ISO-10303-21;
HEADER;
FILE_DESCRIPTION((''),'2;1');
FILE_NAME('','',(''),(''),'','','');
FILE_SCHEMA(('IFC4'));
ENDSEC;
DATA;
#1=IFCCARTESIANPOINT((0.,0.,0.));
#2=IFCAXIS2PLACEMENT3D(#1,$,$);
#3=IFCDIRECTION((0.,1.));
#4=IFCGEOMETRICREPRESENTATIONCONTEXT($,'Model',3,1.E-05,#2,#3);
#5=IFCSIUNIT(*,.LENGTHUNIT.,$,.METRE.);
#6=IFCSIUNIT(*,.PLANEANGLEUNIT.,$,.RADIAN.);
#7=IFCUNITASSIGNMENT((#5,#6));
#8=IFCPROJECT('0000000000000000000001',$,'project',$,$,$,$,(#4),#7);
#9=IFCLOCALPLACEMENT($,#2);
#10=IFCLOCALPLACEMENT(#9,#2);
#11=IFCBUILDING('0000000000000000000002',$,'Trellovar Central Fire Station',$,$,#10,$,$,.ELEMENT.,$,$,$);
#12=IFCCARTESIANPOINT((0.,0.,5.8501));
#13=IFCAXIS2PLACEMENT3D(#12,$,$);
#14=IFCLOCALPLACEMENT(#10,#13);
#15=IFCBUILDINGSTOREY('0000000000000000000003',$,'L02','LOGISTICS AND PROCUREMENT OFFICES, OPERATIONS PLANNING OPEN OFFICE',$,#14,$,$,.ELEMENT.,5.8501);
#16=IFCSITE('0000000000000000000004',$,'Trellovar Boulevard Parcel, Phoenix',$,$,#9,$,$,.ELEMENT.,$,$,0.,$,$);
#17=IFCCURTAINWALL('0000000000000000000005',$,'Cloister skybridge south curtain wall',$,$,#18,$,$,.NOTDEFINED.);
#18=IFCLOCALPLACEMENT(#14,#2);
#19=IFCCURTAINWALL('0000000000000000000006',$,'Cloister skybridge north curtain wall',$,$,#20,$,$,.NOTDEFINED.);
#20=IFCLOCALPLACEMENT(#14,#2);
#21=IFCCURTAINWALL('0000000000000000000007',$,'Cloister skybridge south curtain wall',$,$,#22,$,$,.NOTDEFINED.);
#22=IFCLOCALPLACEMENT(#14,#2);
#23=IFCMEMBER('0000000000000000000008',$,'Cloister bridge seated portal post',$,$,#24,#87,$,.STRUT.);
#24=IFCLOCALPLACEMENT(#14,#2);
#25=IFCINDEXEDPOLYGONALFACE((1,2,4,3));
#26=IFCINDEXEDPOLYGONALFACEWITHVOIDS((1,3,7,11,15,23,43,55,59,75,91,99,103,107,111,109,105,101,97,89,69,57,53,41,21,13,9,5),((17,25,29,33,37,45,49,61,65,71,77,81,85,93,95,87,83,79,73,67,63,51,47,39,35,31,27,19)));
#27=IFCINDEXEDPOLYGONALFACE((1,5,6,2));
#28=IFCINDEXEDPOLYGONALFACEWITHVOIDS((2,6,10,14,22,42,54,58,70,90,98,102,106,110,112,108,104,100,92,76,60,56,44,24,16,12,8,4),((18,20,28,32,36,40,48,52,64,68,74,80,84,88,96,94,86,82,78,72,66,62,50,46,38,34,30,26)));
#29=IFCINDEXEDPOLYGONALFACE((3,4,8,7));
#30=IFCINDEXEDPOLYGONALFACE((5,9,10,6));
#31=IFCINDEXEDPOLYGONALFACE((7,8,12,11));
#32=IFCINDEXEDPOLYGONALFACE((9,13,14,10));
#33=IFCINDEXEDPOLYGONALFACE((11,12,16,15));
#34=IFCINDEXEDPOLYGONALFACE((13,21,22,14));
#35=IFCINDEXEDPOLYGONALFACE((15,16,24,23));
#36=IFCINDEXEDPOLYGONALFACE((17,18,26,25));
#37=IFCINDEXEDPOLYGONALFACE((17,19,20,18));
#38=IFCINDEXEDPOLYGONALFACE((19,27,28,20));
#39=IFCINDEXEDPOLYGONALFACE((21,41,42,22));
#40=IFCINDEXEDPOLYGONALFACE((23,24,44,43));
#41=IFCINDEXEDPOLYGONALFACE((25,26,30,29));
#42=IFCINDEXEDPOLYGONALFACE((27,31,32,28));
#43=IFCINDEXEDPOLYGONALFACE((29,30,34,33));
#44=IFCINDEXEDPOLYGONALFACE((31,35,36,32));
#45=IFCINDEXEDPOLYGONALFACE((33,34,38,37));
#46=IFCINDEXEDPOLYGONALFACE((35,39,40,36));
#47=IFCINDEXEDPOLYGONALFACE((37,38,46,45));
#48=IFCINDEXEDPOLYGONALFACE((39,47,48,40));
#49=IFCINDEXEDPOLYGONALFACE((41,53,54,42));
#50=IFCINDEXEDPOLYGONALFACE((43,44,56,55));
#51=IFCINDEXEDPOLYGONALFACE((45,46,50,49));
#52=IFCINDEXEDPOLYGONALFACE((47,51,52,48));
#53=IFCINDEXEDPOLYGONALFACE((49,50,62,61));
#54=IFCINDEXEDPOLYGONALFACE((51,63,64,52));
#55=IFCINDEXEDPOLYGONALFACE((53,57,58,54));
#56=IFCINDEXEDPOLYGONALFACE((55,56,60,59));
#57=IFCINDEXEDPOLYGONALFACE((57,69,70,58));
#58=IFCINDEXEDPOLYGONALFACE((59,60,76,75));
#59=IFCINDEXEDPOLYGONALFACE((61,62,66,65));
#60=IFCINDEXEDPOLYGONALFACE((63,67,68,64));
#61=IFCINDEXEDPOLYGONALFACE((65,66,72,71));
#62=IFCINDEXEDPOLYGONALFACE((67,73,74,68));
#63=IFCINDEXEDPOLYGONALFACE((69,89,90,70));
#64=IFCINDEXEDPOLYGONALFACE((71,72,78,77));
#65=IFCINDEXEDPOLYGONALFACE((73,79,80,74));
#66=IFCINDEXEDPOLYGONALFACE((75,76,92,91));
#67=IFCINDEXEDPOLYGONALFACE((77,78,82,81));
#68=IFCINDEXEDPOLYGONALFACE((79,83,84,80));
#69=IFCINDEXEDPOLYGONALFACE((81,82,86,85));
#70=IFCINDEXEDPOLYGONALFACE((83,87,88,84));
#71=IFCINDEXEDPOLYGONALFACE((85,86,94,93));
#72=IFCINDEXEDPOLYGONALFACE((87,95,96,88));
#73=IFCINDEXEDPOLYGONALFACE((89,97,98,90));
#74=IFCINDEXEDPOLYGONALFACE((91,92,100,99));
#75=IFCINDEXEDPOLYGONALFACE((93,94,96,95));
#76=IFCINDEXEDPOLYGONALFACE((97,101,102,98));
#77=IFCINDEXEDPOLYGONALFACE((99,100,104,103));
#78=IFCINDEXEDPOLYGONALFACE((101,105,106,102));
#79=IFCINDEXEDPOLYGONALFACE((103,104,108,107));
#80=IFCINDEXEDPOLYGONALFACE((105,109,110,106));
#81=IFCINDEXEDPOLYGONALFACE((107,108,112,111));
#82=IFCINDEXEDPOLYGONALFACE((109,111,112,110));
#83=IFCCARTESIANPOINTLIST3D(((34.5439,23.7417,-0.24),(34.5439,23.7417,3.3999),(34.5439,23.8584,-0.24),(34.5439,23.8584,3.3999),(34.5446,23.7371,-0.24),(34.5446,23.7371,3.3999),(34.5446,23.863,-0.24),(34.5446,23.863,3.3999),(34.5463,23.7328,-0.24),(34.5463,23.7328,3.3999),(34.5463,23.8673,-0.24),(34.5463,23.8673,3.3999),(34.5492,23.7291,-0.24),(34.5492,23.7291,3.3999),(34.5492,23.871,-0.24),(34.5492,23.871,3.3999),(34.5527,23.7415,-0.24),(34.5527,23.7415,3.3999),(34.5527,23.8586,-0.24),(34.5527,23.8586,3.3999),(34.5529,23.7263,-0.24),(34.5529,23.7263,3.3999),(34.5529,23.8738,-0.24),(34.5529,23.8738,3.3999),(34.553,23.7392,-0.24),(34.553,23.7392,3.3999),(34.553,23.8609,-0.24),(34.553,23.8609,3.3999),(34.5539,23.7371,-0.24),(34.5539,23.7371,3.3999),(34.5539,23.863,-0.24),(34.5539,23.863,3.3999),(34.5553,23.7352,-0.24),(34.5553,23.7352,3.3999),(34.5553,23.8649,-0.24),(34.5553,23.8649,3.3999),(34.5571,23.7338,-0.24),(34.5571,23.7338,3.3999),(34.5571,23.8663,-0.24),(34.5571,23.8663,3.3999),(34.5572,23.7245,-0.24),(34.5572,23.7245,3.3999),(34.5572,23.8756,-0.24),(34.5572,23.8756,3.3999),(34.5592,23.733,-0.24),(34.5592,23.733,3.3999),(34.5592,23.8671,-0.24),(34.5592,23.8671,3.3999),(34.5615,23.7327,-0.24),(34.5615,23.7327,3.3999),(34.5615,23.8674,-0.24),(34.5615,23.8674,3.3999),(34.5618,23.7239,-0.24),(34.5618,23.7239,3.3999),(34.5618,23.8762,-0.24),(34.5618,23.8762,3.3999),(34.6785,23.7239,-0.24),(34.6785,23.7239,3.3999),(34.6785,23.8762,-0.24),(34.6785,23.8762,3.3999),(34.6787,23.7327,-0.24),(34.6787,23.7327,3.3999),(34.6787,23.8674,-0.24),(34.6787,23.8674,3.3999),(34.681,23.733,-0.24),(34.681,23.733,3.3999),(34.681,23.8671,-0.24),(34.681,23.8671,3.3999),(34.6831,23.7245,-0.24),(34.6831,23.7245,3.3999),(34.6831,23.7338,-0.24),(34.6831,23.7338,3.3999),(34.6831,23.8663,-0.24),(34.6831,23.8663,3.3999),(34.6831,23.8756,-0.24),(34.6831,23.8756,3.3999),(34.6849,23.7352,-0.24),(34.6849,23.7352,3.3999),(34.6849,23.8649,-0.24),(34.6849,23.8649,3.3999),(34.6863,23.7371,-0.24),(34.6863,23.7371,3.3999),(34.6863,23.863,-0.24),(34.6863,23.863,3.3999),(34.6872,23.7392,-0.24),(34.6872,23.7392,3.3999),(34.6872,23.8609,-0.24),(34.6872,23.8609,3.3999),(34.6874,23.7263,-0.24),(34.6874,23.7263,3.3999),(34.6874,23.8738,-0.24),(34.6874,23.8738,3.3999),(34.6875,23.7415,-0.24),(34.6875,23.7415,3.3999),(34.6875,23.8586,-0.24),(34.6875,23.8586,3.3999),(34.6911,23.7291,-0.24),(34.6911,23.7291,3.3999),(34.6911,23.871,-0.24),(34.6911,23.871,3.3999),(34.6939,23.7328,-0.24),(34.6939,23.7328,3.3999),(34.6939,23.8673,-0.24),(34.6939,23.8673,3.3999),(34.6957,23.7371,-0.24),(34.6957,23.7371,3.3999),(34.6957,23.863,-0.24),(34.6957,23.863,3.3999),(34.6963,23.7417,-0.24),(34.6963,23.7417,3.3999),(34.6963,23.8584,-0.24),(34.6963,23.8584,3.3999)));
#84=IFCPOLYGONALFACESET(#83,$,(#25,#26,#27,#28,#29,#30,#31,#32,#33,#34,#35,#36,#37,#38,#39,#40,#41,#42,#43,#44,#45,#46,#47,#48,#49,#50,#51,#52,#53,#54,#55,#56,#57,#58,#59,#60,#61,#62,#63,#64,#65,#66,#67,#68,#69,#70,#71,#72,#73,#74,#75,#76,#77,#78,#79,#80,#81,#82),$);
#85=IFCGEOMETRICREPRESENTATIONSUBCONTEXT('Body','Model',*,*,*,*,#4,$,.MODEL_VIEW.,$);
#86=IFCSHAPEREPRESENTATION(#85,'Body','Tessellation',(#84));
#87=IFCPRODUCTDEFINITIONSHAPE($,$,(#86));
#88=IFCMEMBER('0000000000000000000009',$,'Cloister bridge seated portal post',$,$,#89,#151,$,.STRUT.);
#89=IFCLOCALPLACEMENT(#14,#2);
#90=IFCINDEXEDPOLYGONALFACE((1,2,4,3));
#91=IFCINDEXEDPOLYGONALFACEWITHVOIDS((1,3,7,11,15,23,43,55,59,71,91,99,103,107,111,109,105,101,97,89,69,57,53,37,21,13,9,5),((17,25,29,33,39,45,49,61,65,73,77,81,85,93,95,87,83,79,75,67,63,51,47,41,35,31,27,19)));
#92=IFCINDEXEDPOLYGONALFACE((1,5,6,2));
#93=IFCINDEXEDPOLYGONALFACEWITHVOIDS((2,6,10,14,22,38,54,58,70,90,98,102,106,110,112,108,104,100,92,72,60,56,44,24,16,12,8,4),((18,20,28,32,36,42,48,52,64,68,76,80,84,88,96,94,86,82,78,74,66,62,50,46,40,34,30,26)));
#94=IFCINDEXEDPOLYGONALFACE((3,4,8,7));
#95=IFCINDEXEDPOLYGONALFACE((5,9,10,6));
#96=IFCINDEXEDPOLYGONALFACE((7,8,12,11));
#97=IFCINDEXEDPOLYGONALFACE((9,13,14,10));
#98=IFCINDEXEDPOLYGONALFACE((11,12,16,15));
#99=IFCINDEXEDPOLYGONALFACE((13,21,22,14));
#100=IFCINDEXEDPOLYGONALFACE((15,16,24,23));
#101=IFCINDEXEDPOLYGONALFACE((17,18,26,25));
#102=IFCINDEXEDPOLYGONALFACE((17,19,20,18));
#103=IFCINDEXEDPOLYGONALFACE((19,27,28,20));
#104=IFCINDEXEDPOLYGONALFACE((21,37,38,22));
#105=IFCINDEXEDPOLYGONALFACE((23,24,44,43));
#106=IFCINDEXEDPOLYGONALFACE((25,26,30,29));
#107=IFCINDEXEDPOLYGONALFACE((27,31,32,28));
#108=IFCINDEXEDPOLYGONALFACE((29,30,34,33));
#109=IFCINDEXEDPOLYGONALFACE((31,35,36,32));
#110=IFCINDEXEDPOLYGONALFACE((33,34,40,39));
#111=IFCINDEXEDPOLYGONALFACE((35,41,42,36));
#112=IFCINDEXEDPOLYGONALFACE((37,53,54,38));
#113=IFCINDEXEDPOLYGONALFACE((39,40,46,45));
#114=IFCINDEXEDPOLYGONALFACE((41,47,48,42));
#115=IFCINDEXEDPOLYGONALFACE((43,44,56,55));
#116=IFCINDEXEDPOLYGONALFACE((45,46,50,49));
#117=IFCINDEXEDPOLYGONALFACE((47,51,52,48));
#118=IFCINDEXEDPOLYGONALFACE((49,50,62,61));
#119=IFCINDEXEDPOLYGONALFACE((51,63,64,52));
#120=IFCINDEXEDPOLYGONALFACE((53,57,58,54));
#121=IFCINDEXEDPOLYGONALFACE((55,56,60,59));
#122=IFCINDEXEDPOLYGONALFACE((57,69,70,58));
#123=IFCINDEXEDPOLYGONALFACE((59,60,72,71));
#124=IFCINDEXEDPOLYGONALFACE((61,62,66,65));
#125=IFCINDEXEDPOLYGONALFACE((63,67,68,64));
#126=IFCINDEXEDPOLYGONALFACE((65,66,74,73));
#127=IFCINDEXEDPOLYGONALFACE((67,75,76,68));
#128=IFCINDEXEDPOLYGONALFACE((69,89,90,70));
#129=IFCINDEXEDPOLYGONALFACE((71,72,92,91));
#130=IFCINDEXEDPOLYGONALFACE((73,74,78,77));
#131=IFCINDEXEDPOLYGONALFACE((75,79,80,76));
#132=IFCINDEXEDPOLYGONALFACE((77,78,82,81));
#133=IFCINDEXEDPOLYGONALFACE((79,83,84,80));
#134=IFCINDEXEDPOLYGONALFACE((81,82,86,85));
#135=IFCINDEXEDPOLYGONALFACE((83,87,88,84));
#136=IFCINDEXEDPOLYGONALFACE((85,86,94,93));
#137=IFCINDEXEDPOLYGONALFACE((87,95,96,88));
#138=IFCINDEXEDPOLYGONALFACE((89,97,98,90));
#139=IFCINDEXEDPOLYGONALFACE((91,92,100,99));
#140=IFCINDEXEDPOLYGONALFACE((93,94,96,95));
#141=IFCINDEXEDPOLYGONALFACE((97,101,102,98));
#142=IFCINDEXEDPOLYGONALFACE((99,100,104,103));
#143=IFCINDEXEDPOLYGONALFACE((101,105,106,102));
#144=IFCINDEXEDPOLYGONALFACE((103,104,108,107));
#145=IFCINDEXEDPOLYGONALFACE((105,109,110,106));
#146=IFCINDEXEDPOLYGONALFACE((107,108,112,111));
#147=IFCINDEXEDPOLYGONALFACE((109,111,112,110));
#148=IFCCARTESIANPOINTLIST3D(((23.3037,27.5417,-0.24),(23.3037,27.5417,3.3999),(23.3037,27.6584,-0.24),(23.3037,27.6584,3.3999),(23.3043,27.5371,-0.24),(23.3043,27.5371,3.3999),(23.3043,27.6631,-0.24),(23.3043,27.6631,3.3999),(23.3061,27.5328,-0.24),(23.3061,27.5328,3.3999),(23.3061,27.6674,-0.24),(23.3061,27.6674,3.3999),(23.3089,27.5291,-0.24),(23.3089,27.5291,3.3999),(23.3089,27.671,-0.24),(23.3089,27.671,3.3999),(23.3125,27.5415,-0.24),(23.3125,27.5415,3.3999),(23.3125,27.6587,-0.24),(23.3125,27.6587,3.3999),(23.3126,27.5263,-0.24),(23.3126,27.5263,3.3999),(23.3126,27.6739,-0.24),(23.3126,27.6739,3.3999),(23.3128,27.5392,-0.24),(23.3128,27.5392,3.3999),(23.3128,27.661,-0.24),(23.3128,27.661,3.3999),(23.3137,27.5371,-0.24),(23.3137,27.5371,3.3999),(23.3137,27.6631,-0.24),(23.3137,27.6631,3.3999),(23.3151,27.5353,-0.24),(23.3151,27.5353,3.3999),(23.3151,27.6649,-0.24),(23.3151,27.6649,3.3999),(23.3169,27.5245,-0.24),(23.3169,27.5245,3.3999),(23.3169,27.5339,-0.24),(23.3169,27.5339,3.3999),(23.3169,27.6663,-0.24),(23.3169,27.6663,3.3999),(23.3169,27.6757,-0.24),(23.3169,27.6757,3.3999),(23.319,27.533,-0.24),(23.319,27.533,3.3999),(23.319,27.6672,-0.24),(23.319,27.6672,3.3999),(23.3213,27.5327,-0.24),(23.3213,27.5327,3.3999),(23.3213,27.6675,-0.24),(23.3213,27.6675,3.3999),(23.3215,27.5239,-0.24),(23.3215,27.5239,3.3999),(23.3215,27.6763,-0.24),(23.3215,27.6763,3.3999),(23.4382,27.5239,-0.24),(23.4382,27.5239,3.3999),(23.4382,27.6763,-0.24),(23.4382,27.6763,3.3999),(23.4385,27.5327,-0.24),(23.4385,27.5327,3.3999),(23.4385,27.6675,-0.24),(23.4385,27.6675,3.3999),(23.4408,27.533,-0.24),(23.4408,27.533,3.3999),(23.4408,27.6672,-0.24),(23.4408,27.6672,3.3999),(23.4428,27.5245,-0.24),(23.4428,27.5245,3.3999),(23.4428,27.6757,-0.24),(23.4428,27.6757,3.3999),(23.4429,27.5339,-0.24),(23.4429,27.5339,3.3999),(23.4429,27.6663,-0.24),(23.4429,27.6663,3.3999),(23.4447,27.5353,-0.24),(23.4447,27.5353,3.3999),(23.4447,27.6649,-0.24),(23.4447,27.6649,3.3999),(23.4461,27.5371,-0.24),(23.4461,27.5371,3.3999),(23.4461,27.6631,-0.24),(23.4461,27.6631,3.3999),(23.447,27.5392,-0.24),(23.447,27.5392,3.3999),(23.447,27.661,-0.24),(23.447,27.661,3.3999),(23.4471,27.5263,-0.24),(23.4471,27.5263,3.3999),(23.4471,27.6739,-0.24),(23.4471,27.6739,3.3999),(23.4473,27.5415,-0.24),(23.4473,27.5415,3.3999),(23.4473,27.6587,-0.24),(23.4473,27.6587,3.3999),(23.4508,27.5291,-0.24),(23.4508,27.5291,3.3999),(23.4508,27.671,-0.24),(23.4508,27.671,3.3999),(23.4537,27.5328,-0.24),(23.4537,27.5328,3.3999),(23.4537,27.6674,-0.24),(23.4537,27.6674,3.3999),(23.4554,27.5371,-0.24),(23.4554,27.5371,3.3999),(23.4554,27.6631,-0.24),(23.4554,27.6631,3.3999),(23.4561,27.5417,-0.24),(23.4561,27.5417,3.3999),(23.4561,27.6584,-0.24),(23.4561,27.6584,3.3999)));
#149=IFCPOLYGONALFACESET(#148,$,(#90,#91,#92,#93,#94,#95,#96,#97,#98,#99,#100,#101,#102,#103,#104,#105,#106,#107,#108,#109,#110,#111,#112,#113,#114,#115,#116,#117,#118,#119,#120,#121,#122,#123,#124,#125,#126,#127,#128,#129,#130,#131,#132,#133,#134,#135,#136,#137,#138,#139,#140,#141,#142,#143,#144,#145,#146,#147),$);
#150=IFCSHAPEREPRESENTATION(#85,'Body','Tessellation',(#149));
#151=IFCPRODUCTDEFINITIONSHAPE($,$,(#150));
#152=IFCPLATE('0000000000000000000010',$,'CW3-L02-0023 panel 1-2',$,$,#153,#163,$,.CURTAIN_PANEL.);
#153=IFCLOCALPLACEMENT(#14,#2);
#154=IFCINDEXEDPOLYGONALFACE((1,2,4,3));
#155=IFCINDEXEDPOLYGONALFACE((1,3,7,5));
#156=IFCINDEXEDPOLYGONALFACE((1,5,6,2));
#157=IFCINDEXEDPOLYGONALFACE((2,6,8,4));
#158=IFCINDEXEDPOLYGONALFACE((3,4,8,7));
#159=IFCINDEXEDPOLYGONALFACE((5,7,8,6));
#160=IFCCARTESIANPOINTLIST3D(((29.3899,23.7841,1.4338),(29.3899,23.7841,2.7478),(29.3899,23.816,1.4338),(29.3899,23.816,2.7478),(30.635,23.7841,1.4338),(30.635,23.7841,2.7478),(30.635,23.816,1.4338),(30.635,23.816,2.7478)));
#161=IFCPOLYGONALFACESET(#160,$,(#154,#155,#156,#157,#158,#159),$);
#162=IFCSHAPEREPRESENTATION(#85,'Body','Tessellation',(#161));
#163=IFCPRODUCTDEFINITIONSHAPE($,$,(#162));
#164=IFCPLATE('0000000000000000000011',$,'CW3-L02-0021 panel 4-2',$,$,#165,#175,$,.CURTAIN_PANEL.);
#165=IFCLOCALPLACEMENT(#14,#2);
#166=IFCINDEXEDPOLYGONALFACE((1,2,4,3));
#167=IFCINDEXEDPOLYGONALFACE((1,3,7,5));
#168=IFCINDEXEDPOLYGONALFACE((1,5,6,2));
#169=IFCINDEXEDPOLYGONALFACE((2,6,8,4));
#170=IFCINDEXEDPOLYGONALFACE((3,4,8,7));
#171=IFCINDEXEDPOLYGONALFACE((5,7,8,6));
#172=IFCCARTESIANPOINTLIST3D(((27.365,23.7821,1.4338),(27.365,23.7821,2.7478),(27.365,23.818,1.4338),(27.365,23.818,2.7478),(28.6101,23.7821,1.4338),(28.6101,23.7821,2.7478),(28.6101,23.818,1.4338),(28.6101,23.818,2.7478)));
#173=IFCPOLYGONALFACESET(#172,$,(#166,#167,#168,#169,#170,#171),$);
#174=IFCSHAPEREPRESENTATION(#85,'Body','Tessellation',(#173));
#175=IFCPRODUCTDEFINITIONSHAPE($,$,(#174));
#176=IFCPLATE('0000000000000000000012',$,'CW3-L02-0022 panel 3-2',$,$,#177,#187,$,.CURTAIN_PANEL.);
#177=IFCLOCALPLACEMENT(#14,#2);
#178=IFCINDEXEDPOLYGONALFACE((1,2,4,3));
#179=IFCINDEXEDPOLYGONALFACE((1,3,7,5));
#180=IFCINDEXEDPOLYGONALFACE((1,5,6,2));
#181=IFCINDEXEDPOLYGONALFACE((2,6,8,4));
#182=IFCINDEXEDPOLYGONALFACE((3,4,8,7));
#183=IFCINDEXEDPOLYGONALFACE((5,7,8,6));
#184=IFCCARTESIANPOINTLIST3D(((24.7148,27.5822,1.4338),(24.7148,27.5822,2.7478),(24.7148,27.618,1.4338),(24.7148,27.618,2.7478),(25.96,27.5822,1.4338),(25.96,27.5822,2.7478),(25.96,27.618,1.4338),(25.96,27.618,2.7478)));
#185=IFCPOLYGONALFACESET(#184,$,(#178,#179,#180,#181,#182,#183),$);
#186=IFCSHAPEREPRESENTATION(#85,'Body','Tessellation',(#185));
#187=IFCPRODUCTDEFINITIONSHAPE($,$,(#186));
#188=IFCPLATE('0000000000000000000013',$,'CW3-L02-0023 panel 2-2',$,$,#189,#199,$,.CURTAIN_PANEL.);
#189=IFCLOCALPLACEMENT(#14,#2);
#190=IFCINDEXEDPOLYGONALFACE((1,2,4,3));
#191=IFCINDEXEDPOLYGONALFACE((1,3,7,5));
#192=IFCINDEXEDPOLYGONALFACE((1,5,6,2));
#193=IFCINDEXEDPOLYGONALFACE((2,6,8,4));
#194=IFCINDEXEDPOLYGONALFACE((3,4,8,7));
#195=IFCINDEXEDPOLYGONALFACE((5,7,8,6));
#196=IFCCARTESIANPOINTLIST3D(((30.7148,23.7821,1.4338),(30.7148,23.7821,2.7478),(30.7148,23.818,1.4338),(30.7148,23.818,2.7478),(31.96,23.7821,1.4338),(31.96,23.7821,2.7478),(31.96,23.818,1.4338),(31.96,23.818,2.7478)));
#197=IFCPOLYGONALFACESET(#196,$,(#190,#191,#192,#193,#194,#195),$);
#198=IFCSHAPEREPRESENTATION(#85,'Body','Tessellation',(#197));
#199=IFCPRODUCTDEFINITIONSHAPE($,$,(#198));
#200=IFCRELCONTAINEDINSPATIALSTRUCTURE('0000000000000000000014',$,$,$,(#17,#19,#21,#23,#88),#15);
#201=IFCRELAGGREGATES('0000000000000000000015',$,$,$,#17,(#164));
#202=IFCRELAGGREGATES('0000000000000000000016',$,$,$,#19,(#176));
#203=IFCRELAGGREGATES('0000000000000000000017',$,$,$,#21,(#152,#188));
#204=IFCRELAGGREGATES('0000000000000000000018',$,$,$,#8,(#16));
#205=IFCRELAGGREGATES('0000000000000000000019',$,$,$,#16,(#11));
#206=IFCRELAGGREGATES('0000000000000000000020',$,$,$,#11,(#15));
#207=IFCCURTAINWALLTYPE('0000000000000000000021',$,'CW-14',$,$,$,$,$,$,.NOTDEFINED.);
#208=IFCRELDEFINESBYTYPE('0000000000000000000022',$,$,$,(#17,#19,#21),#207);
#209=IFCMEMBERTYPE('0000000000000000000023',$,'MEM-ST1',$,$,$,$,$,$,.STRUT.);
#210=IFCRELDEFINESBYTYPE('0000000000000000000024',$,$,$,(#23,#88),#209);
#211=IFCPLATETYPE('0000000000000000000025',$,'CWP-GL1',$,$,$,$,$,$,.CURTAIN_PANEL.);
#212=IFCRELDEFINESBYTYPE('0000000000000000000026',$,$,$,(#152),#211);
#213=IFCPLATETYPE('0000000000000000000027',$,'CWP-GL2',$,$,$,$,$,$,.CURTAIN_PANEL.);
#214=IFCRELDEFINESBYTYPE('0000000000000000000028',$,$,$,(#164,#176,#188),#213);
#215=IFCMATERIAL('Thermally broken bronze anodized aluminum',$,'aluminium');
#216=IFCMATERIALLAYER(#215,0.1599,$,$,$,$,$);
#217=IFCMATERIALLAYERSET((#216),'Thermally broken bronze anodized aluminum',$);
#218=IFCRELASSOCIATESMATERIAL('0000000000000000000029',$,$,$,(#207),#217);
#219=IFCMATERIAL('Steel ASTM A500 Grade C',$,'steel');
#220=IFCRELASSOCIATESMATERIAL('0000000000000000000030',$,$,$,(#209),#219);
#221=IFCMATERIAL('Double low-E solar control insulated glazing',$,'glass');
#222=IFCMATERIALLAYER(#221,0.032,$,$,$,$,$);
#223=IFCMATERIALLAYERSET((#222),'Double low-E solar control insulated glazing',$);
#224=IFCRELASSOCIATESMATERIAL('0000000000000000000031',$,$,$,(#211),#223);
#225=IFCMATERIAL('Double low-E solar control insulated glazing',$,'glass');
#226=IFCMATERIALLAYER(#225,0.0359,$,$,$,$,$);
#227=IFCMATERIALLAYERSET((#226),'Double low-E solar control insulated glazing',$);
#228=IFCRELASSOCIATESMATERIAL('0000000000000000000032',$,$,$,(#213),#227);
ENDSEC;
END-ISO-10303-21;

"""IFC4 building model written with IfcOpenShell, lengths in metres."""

from ifc_helpers import new_model, si_unit, direction, frame, origin, origin_2d, place, context, subcontext, project, spatial, rectangle, hollow_rectangle, extrude, material, layer, layer_set, material_profile, profile_set, type_object, element, aggregate, save


model = new_model("IFC4")

# Units and contexts
model_context = context("Model", 3, precision=1e-05, world=origin(), true_north=direction((0.0, 1.0)))
body_context = subcontext(model_context, "Body", "Model", "MODEL_VIEW")
ifc_project = project(units=[si_unit("LENGTHUNIT", "METRE"), si_unit("PLANEANGLEUNIT", "RADIAN")], contexts=[model_context])

# Site, building, storey
site_placement = place(None, origin())
site = spatial("IfcSite", under=ifc_project, at=site_placement, Name="Trellovar Boulevard Parcel, Phoenix", CompositionType="ELEMENT", RefElevation=0.0)
building_placement = place(site_placement, origin())
building = spatial("IfcBuilding", under=site, at=building_placement, Name="Trellovar Central Fire Station", CompositionType="ELEMENT")
storey_placement = place(building_placement, frame((0.0, 0.0, 5.8501)))
storey = spatial("IfcBuildingStorey", under=building, at=storey_placement, Name="L02", Description="LOGISTICS AND PROCUREMENT OFFICES, OPERATIONS PLANNING OPEN OFFICE", CompositionType="ELEMENT", Elevation=5.8501)

# Curtain wall
ifc_material_1 = material(Name="Thermally broken bronze anodized aluminum", Category="aluminium")
ifc_layer_1 = layer(ifc_material_1, 0.1599)
ifc_layer_set_1 = layer_set([ifc_layer_1], Name="Thermally broken bronze anodized aluminum")
curtain_wall_type = type_object("IfcCurtainWallType", Name="CW-14", PredefinedType="NOTDEFINED", material=ifc_layer_set_1)
curtain_wall_1_placement = place(storey_placement, origin())
curtain_wall_1 = element("IfcCurtainWall", 1, at=curtain_wall_1_placement, inside=storey, type_object=curtain_wall_type, Name="Cloister skybridge south curtain wall", PredefinedType="NOTDEFINED")

# Curtain walls
curtain_wall_2_placement = place(storey_placement, origin())
curtain_wall_2 = element("IfcCurtainWall", 2, at=curtain_wall_2_placement, inside=storey, type_object=curtain_wall_type, Name="Cloister skybridge north curtain wall", PredefinedType="NOTDEFINED")
curtain_wall_3_placement = place(storey_placement, origin())
curtain_wall_3 = element("IfcCurtainWall", 3, at=curtain_wall_3_placement, inside=storey, type_object=curtain_wall_type, Name="Cloister skybridge south curtain wall", PredefinedType="NOTDEFINED")

# Members
ifc_material_2 = material(Name="Steel ASTM A500 Grade C", Category="steel")
ifc_material_profile_1 = material_profile(ifc_material_2, hollow_rectangle(XDim=0.1523, YDim=0.1523, WallThickness=0.0088, InnerFilletRadius=0.0088, OuterFilletRadius=0.0178, at=origin_2d()), Name="HSS6X6X3/8")
ifc_profile_set_1 = profile_set([ifc_material_profile_1], Name="Steel ASTM A500 Grade C")
member_type_1 = type_object("IfcMemberType", Name="MEM-ST1", PredefinedType="STRUT", material=ifc_profile_set_1)
for number, where, z_axis, x_axis, name in (
    (4, (34.6201, 23.8, -0.24), (0.0, 0.0, 1.0), (1.0, 0.0, 0.0), "Cloister bridge seated portal post"),
    (5, (23.3799, 27.6001, -0.24), (0.0, 0.0, 1.0), (1.0, 0.0, 0.0), "Cloister bridge seated portal post"),
):
    element("IfcMember", number, at=place(storey_placement, frame(where, z_axis=z_axis, x_axis=x_axis)), inside=storey, type_object=member_type_1, Name=name, PredefinedType="STRUT", context=body_context, shape_type="SweptSolid", body=[
        extrude(hollow_rectangle(XDim=0.1523, YDim=0.1523, WallThickness=0.0088, InnerFilletRadius=0.0088, OuterFilletRadius=0.0178, at=origin_2d()), origin(), (0.0, 0.0, 1.0), 3.6399),
    ])

# Plates
ifc_material_3 = material(Name="Double low-E solar control insulated glazing", Category="glass")
ifc_layer_2 = layer(ifc_material_3, 0.032)
ifc_layer_set_2 = layer_set([ifc_layer_2], Name="Double low-E solar control insulated glazing")
plate_type_1 = type_object("IfcPlateType", Name="CWP-GL1", PredefinedType="CURTAIN_PANEL", material=ifc_layer_set_2)
plate_1_placement = place(storey_placement, frame((30.0125, 23.8, 1.4338), z_axis=(0.0, 0.0, 1.0), x_axis=(1.0, 0.0, 0.0)))
plate_1 = element("IfcPlate", 6, at=plate_1_placement, type_object=plate_type_1, Name="CW3-L02-0023 panel 1-2", PredefinedType="CURTAIN_PANEL", context=body_context, shape_type="SweptSolid", body=[
    extrude(rectangle(XDim=1.2451, YDim=0.032, at=origin_2d()), origin(), (0.0, 0.0, 1.0), 1.314),
])
ifc_material_4 = material(Name="Double low-E solar control insulated glazing", Category="glass")
ifc_layer_3 = layer(ifc_material_4, 0.0359)
ifc_layer_set_3 = layer_set([ifc_layer_3], Name="Double low-E solar control insulated glazing")
plate_type_2 = type_object("IfcPlateType", Name="CWP-GL2", PredefinedType="CURTAIN_PANEL", material=ifc_layer_set_3)
plate_2_placement = place(storey_placement, frame((27.9875, 23.8, 1.4338), z_axis=(0.0, 0.0, 1.0), x_axis=(1.0, 0.0, 0.0)))
plate_2 = element("IfcPlate", 7, at=plate_2_placement, type_object=plate_type_2, Name="CW3-L02-0021 panel 4-2", PredefinedType="CURTAIN_PANEL", context=body_context, shape_type="SweptSolid", body=[
    extrude(rectangle(XDim=1.2451, YDim=0.0359, at=origin_2d()), origin(), (0.0, 0.0, 1.0), 1.314),
])
plate_3_placement = place(storey_placement, frame((25.3374, 27.6001, 1.4338), z_axis=(0.0, 0.0, 1.0), x_axis=(-1.0, 0.0, 0.0)))
plate_3 = element("IfcPlate", 8, at=plate_3_placement, type_object=plate_type_2, Name="CW3-L02-0022 panel 3-2", PredefinedType="CURTAIN_PANEL", context=body_context, shape_type="SweptSolid", body=[
    extrude(rectangle(XDim=1.2451, YDim=0.0359, at=origin_2d()), origin(), (0.0, 0.0, 1.0), 1.314),
])
plate_4_placement = place(storey_placement, frame((31.3374, 23.8, 1.4338), z_axis=(0.0, 0.0, 1.0), x_axis=(1.0, 0.0, 0.0)))
plate_4 = element("IfcPlate", 9, at=plate_4_placement, type_object=plate_type_2, Name="CW3-L02-0023 panel 2-2", PredefinedType="CURTAIN_PANEL", context=body_context, shape_type="SweptSolid", body=[
    extrude(rectangle(XDim=1.2451, YDim=0.0359, at=origin_2d()), origin(), (0.0, 0.0, 1.0), 1.314),
])
aggregate(curtain_wall_1, [plate_2])
aggregate(curtain_wall_2, [plate_3])
aggregate(curtain_wall_3, [plate_1, plate_4])

save(model, "model.ifc")
